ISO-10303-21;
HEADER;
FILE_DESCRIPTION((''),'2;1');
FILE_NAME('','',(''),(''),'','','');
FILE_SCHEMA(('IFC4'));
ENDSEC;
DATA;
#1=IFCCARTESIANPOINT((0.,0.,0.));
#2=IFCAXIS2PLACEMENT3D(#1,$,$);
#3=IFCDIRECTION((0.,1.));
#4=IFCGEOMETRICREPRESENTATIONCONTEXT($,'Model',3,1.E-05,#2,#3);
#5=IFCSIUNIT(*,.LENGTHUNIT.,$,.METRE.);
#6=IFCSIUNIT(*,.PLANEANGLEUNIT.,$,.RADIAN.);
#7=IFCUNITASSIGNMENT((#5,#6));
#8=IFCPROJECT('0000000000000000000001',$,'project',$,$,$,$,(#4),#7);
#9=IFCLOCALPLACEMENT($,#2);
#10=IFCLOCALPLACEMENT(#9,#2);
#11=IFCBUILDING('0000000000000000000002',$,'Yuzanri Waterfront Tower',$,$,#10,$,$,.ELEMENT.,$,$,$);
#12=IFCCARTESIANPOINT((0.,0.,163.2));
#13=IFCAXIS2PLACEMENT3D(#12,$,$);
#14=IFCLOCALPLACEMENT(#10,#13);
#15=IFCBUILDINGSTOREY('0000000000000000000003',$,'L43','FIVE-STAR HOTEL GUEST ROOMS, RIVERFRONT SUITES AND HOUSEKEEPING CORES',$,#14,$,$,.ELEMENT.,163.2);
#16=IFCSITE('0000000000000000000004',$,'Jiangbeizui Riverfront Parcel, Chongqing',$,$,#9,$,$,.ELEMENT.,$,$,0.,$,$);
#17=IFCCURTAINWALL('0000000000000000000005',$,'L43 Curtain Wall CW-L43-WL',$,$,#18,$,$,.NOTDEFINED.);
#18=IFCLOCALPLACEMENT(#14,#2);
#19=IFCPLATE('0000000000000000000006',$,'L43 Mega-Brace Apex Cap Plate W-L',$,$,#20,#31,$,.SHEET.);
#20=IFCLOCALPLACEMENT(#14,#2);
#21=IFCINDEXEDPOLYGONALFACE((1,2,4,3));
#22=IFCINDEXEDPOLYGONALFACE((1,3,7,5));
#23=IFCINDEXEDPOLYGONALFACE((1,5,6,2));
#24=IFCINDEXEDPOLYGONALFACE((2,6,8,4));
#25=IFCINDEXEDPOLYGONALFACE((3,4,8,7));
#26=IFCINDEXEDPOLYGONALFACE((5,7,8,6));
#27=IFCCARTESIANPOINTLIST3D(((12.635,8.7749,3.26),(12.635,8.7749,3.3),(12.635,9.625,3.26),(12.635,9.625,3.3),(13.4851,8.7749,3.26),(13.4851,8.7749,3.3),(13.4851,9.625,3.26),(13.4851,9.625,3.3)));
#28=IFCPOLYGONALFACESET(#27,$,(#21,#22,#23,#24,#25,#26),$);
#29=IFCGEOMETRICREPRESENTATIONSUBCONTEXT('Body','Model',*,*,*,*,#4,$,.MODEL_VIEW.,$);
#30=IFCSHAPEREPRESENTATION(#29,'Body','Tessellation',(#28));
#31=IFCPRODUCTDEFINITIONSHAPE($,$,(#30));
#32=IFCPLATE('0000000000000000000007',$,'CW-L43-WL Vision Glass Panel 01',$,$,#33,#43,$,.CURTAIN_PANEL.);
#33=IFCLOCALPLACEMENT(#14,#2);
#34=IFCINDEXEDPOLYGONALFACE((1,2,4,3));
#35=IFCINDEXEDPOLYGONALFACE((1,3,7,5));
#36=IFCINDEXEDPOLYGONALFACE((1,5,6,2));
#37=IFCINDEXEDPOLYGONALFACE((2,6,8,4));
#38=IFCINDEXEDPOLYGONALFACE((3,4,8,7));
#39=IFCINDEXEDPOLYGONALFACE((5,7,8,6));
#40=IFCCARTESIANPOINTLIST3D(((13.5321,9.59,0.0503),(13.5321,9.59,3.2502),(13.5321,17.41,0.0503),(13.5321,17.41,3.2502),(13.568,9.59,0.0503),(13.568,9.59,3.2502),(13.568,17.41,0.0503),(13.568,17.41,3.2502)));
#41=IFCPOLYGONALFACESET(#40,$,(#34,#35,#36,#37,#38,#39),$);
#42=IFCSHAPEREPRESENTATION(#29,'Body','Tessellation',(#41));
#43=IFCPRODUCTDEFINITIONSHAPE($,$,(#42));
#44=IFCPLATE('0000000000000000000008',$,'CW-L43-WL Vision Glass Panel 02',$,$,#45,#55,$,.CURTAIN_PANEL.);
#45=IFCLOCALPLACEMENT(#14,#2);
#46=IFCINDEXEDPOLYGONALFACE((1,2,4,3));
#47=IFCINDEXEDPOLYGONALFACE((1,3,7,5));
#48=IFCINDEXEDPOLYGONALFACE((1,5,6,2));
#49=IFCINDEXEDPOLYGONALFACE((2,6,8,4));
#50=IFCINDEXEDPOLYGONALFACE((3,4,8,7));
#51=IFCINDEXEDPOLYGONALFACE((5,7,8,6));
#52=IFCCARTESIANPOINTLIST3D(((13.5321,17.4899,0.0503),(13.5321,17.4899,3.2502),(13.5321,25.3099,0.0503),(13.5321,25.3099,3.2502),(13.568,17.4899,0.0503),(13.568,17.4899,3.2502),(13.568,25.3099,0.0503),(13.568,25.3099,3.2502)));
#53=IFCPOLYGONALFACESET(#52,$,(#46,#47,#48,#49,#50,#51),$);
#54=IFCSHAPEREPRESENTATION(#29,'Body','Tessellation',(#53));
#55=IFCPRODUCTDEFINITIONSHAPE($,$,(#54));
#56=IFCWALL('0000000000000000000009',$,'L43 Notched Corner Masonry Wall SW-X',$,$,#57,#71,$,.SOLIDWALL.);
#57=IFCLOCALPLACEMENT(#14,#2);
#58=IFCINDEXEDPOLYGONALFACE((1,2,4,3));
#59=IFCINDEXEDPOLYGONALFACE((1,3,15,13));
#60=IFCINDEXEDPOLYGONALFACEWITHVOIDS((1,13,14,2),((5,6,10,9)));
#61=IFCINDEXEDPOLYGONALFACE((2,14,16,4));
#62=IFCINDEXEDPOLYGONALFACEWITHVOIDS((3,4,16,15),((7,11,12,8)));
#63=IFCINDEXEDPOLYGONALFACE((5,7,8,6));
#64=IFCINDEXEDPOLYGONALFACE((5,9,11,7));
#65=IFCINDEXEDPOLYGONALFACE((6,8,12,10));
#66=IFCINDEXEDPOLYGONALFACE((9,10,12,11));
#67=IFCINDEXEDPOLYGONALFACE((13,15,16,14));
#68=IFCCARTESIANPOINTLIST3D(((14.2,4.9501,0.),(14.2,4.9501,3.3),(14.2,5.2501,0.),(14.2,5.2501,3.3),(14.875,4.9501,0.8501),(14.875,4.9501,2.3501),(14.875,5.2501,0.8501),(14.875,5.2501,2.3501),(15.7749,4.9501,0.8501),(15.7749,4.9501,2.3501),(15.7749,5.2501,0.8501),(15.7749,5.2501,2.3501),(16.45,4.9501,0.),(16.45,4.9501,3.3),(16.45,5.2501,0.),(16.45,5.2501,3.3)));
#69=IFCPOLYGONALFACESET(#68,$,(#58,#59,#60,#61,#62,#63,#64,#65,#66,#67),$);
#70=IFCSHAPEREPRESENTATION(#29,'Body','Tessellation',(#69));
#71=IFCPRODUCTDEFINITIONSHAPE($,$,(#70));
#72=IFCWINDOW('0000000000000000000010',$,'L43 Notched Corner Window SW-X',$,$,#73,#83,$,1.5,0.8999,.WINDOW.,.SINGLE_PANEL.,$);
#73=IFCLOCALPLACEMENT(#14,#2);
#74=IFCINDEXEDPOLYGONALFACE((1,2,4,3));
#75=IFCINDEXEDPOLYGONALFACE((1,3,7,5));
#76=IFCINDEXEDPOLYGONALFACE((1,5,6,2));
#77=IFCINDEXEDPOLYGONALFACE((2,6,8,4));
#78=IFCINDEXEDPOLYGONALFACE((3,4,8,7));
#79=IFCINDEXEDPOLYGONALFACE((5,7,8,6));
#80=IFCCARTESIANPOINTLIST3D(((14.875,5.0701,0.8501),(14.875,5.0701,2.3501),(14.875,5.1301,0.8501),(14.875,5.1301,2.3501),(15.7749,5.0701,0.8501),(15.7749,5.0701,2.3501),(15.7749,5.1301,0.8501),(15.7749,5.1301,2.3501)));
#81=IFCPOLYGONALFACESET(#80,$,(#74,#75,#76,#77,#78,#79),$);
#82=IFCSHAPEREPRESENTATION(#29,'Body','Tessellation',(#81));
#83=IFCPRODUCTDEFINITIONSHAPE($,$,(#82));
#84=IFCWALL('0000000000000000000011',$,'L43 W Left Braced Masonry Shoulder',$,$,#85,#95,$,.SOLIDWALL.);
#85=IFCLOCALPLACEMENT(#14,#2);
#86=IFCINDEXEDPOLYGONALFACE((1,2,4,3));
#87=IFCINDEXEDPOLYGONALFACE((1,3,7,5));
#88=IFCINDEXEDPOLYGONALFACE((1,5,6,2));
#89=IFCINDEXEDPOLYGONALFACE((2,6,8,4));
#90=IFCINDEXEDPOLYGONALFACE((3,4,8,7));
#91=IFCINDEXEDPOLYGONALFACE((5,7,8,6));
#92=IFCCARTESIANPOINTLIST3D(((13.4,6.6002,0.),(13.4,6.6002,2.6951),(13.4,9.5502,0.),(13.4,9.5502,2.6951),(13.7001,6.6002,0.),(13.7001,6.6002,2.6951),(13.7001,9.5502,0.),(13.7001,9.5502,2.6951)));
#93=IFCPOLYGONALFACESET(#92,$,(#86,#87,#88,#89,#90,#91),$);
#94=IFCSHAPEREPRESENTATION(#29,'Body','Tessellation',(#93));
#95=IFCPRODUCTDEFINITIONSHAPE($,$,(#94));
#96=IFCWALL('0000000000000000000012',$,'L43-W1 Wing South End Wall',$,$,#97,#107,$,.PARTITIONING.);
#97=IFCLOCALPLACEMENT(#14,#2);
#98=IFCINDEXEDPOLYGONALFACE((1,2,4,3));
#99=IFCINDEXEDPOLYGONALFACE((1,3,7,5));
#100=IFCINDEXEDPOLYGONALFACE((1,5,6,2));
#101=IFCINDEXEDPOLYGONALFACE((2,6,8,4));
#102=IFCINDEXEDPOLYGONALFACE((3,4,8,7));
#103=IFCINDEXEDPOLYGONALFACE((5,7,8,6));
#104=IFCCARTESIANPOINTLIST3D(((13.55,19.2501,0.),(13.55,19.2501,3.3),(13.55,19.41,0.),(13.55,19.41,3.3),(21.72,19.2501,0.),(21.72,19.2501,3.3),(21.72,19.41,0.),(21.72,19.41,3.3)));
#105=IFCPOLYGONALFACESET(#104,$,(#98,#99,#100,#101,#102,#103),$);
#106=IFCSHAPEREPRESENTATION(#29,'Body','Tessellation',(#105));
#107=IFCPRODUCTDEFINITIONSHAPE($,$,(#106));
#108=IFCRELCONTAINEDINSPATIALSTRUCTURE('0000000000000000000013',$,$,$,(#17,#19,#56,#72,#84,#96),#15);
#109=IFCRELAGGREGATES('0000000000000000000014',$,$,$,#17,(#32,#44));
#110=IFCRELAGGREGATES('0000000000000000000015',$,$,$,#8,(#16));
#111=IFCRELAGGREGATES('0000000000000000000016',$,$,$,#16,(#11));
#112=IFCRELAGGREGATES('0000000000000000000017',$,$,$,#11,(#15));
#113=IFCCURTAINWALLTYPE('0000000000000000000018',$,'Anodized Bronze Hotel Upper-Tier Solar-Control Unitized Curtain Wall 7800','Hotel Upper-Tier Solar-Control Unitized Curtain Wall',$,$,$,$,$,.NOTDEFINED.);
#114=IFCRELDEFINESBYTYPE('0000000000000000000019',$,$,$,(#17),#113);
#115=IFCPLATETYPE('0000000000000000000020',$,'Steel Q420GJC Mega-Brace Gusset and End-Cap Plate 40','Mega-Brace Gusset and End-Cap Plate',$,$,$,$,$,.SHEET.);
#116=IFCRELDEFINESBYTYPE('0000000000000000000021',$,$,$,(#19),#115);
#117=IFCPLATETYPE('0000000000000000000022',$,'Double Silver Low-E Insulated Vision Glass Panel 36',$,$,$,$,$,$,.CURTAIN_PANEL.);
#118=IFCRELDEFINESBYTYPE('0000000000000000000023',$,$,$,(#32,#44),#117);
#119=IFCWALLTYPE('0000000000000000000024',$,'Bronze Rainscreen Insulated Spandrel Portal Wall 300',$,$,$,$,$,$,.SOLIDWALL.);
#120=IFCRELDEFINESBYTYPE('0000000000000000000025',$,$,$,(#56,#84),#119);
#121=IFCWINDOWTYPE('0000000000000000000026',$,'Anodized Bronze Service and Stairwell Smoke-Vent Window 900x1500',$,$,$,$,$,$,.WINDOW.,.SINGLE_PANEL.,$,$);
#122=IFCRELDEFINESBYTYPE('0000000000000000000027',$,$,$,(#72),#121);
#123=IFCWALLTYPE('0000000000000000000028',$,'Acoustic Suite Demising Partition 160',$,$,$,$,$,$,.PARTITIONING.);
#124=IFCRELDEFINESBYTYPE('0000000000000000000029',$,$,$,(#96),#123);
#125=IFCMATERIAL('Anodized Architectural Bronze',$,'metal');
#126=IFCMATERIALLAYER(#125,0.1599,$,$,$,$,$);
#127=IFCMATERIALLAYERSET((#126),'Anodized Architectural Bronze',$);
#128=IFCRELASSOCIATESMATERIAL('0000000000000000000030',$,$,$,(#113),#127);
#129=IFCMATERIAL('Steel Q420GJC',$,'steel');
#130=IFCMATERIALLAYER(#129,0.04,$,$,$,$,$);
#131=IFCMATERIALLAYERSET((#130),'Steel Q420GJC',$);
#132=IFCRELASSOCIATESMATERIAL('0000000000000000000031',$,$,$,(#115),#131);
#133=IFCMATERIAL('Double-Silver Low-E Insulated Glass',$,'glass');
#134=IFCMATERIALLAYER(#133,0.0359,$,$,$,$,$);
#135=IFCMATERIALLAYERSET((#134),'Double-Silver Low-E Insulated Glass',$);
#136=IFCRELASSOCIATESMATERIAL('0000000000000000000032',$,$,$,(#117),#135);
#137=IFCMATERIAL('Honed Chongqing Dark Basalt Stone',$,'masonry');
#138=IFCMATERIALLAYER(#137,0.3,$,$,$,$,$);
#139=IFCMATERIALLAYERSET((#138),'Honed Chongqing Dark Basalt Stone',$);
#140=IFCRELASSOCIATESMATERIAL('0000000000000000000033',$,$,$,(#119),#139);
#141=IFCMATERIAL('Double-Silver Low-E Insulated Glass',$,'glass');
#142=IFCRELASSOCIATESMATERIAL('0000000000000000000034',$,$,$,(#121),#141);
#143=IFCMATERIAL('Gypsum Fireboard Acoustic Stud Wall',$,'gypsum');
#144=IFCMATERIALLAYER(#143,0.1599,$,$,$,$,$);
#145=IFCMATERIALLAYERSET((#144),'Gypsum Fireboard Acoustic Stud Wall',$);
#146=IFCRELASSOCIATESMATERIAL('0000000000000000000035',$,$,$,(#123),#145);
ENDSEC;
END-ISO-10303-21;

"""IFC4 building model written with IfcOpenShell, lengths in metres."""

from ifc_helpers import new_model, si_unit, direction, frame, frame_2d, origin, origin_2d, place, context, subcontext, project, spatial, rectangle, extrude, source, transform, mapped, material, layer, layer_set, type_object, element, fill, aggregate, save


model = new_model("IFC4")

# Units and contexts
model_context = context("Model", 3, precision=1e-05, world=origin(), true_north=direction((0.0, 1.0)))
body_context = subcontext(model_context, "Body", "Model", "MODEL_VIEW")
ifc_project = project(units=[si_unit("LENGTHUNIT", "METRE"), si_unit("PLANEANGLEUNIT", "RADIAN")], contexts=[model_context])

# Site, building, storey
site_placement = place(None, origin())
site = spatial("IfcSite", under=ifc_project, at=site_placement, Name="Jiangbeizui Riverfront Parcel, Chongqing", CompositionType="ELEMENT", RefElevation=0.0)
building_placement = place(site_placement, origin())
building = spatial("IfcBuilding", under=site, at=building_placement, Name="Yuzanri Waterfront Tower", CompositionType="ELEMENT")
storey_placement = place(building_placement, frame((0.0, 0.0, 163.2)))
storey = spatial("IfcBuildingStorey", under=building, at=storey_placement, Name="L43", Description="FIVE-STAR HOTEL GUEST ROOMS, RIVERFRONT SUITES AND HOUSEKEEPING CORES", CompositionType="ELEMENT", Elevation=163.2)

# Curtain wall
ifc_material_1 = material(Name="Anodized Architectural Bronze", Category="metal")
ifc_layer_1 = layer(ifc_material_1, 0.1599)
ifc_layer_set_1 = layer_set([ifc_layer_1], Name="Anodized Architectural Bronze")
curtain_wall_type = type_object("IfcCurtainWallType", Name="Anodized Bronze Hotel Upper-Tier Solar-Control Unitized Curtain Wall 7800", Description="Hotel Upper-Tier Solar-Control Unitized Curtain Wall", PredefinedType="NOTDEFINED", material=ifc_layer_set_1)
curtain_wall_placement = place(storey_placement, origin())
curtain_wall = element("IfcCurtainWall", 1, at=curtain_wall_placement, inside=storey, type_object=curtain_wall_type, Name="L43 Curtain Wall CW-L43-WL", PredefinedType="NOTDEFINED")

# Plate
ifc_material_2 = material(Name="Steel Q420GJC", Category="steel")
ifc_layer_2 = layer(ifc_material_2, 0.04)
ifc_layer_set_2 = layer_set([ifc_layer_2], Name="Steel Q420GJC")
plate_type_1 = type_object("IfcPlateType", Name="Steel Q420GJC Mega-Brace Gusset and End-Cap Plate 40", Description="Mega-Brace Gusset and End-Cap Plate", PredefinedType="SHEET", material=ifc_layer_set_2)
shared_shape_1 = source(origin(), body_context, "Body", "SweptSolid", [
    extrude(rectangle(XDim=0.8501, YDim=0.8501, at=origin_2d()), origin(), (0.0, 0.0, 1.0), 0.04),
])
plate_1_placement = place(storey_placement, frame((13.0601, 9.2, 3.26), z_axis=(0.0, 0.0, 1.0), x_axis=(1.0, 0.0, 0.0)))
element("IfcPlate", 2, at=plate_1_placement, inside=storey, type_object=plate_type_1, Name="L43 Mega-Brace Apex Cap Plate W-L", PredefinedType="SHEET", context=body_context, shape_type="MappedRepresentation", body=[
    mapped(shared_shape_1, transform((0.0, 0.0, 0.0), scale=1.0)),
])

# Plates
ifc_material_3 = material(Name="Double-Silver Low-E Insulated Glass", Category="glass")
ifc_layer_3 = layer(ifc_material_3, 0.0359)
ifc_layer_set_3 = layer_set([ifc_layer_3], Name="Double-Silver Low-E Insulated Glass")
plate_type_2 = type_object("IfcPlateType", Name="Double Silver Low-E Insulated Vision Glass Panel 36", PredefinedType="CURTAIN_PANEL", material=ifc_layer_set_3)
shared_shape_2 = source(origin(), body_context, "Body", "SweptSolid", [
    extrude(rectangle(XDim=7.8201, YDim=0.0359, at=origin_2d()), origin(), (0.0, 0.0, 1.0), 3.2),
])
plate_2_placement = place(storey_placement, frame((13.55, 13.5, 0.0503), z_axis=(0.0, 0.0, 1.0), x_axis=(0.0, 1.0, 0.0)))
plate_2 = element("IfcPlate", 3, at=plate_2_placement, type_object=plate_type_2, Name="CW-L43-WL Vision Glass Panel 01", PredefinedType="CURTAIN_PANEL", context=body_context, shape_type="MappedRepresentation", body=[
    mapped(shared_shape_2, transform((0.0, 0.0, 0.0), scale=1.0)),
])
plate_3_placement = place(storey_placement, frame((13.55, 21.3999, 0.0503), z_axis=(0.0, 0.0, 1.0), x_axis=(0.0, 1.0, 0.0)))
plate_3 = element("IfcPlate", 4, at=plate_3_placement, type_object=plate_type_2, Name="CW-L43-WL Vision Glass Panel 02", PredefinedType="CURTAIN_PANEL", context=body_context, shape_type="MappedRepresentation", body=[
    mapped(shared_shape_2, transform((0.0, 0.0, 0.0), scale=1.0)),
])
aggregate(curtain_wall, [plate_2, plate_3])

# Wall, opening, window
ifc_material_4 = material(Name="Honed Chongqing Dark Basalt Stone", Category="masonry")
ifc_layer_4 = layer(ifc_material_4, 0.3)
ifc_layer_set_4 = layer_set([ifc_layer_4], Name="Honed Chongqing Dark Basalt Stone")
wall_type_1 = type_object("IfcWallType", Name="Bronze Rainscreen Insulated Spandrel Portal Wall 300", PredefinedType="SOLIDWALL", material=ifc_layer_set_4)
wall_1_placement = place(storey_placement, frame((14.2, 5.1001, 0.0), z_axis=(0.0, 0.0, 1.0), x_axis=(1.0, 0.0, 0.0)))
wall_1 = element("IfcWall", 5, at=wall_1_placement, inside=storey, type_object=wall_type_1, Name="L43 Notched Corner Masonry Wall SW-X", PredefinedType="SOLIDWALL", context=body_context, shape_type="SweptSolid", body=[
    extrude(rectangle(XDim=2.25, YDim=0.3, at=frame_2d((1.125, 0.0))), origin(), (0.0, 0.0, 1.0), 3.3),
])
opening_placement = place(wall_1_placement, frame((0.675, 0.0, 0.8501)))
opening = element("IfcOpeningElement", 6, at=opening_placement, cuts=wall_1, PredefinedType="OPENING", context=body_context, shape_type="SweptSolid", body=[
    extrude(rectangle(XDim=0.8999, YDim=1.5, at=frame_2d((0.45, 0.75))), frame((0.0, 0.165, 0.0), z_axis=(0.0, -1.0, 0.0), x_axis=(1.0, 0.0, 0.0)), (0.0, 0.0, 1.0), 0.3298),
])
ifc_material_5 = material(Name="Double-Silver Low-E Insulated Glass", Category="glass")
window_type = type_object("IfcWindowType", Name="Anodized Bronze Service and Stairwell Smoke-Vent Window 900x1500", PartitioningType="SINGLE_PANEL", PredefinedType="WINDOW", material=ifc_material_5)
shared_shape_3 = source(origin(), body_context, "Body", "SweptSolid", [
    extrude(rectangle(XDim=0.8999, YDim=1.5, at=frame_2d((0.45, 0.75))), frame((0.0, 0.03, 0.0), z_axis=(0.0, -1.0, 0.0), x_axis=(1.0, 0.0, 0.0)), (0.0, 0.0, 1.0), 0.0601),
])
window_placement = place(opening_placement, origin())
window = element("IfcWindow", 7, at=window_placement, inside=storey, type_object=window_type, Name="L43 Notched Corner Window SW-X", OverallHeight=1.5, OverallWidth=0.8999, PartitioningType="SINGLE_PANEL", PredefinedType="WINDOW", context=body_context, shape_type="MappedRepresentation", body=[
    mapped(shared_shape_3, transform((0.0, 0.0, 0.0), scale=1.0)),
])
fill(opening, window)

# Walls
shared_shape_4 = source(origin(), body_context, "Body", "SweptSolid", [
    extrude(rectangle(XDim=2.95, YDim=0.3, at=frame_2d((1.4751, 0.0))), origin(), (0.0, 0.0, 1.0), 2.6951),
])
wall_2_placement = place(storey_placement, frame((13.55, 6.6001, 0.0), z_axis=(0.0, 0.0, 1.0), x_axis=(0.0, 1.0, 0.0)))
element("IfcWall", 8, at=wall_2_placement, inside=storey, type_object=wall_type_1, Name="L43 W Left Braced Masonry Shoulder", PredefinedType="SOLIDWALL", context=body_context, shape_type="MappedRepresentation", body=[
    mapped(shared_shape_4, transform((0.0, 0.0, 0.0), scale=1.0)),
])
ifc_material_6 = material(Name="Gypsum Fireboard Acoustic Stud Wall", Category="gypsum")
ifc_layer_5 = layer(ifc_material_6, 0.1599)
ifc_layer_set_5 = layer_set([ifc_layer_5], Name="Gypsum Fireboard Acoustic Stud Wall")
wall_type_2 = type_object("IfcWallType", Name="Acoustic Suite Demising Partition 160", PredefinedType="PARTITIONING", material=ifc_layer_set_5)
shared_shape_5 = source(origin(), body_context, "Body", "SweptSolid", [
    extrude(rectangle(XDim=8.1699, YDim=0.1599, at=frame_2d((4.085, 0.0))), origin(), (0.0, 0.0, 1.0), 3.3),
])
wall_3_placement = place(storey_placement, frame((13.55, 19.3301, 0.0), z_axis=(0.0, 0.0, 1.0), x_axis=(1.0, 0.0, 0.0)))
element("IfcWall", 9, at=wall_3_placement, inside=storey, type_object=wall_type_2, Name="L43-W1 Wing South End Wall", PredefinedType="PARTITIONING", context=body_context, shape_type="MappedRepresentation", body=[
    mapped(shared_shape_5, transform((0.0, 0.0, 0.0), scale=1.0)),
])

save(model, "model.ifc")
